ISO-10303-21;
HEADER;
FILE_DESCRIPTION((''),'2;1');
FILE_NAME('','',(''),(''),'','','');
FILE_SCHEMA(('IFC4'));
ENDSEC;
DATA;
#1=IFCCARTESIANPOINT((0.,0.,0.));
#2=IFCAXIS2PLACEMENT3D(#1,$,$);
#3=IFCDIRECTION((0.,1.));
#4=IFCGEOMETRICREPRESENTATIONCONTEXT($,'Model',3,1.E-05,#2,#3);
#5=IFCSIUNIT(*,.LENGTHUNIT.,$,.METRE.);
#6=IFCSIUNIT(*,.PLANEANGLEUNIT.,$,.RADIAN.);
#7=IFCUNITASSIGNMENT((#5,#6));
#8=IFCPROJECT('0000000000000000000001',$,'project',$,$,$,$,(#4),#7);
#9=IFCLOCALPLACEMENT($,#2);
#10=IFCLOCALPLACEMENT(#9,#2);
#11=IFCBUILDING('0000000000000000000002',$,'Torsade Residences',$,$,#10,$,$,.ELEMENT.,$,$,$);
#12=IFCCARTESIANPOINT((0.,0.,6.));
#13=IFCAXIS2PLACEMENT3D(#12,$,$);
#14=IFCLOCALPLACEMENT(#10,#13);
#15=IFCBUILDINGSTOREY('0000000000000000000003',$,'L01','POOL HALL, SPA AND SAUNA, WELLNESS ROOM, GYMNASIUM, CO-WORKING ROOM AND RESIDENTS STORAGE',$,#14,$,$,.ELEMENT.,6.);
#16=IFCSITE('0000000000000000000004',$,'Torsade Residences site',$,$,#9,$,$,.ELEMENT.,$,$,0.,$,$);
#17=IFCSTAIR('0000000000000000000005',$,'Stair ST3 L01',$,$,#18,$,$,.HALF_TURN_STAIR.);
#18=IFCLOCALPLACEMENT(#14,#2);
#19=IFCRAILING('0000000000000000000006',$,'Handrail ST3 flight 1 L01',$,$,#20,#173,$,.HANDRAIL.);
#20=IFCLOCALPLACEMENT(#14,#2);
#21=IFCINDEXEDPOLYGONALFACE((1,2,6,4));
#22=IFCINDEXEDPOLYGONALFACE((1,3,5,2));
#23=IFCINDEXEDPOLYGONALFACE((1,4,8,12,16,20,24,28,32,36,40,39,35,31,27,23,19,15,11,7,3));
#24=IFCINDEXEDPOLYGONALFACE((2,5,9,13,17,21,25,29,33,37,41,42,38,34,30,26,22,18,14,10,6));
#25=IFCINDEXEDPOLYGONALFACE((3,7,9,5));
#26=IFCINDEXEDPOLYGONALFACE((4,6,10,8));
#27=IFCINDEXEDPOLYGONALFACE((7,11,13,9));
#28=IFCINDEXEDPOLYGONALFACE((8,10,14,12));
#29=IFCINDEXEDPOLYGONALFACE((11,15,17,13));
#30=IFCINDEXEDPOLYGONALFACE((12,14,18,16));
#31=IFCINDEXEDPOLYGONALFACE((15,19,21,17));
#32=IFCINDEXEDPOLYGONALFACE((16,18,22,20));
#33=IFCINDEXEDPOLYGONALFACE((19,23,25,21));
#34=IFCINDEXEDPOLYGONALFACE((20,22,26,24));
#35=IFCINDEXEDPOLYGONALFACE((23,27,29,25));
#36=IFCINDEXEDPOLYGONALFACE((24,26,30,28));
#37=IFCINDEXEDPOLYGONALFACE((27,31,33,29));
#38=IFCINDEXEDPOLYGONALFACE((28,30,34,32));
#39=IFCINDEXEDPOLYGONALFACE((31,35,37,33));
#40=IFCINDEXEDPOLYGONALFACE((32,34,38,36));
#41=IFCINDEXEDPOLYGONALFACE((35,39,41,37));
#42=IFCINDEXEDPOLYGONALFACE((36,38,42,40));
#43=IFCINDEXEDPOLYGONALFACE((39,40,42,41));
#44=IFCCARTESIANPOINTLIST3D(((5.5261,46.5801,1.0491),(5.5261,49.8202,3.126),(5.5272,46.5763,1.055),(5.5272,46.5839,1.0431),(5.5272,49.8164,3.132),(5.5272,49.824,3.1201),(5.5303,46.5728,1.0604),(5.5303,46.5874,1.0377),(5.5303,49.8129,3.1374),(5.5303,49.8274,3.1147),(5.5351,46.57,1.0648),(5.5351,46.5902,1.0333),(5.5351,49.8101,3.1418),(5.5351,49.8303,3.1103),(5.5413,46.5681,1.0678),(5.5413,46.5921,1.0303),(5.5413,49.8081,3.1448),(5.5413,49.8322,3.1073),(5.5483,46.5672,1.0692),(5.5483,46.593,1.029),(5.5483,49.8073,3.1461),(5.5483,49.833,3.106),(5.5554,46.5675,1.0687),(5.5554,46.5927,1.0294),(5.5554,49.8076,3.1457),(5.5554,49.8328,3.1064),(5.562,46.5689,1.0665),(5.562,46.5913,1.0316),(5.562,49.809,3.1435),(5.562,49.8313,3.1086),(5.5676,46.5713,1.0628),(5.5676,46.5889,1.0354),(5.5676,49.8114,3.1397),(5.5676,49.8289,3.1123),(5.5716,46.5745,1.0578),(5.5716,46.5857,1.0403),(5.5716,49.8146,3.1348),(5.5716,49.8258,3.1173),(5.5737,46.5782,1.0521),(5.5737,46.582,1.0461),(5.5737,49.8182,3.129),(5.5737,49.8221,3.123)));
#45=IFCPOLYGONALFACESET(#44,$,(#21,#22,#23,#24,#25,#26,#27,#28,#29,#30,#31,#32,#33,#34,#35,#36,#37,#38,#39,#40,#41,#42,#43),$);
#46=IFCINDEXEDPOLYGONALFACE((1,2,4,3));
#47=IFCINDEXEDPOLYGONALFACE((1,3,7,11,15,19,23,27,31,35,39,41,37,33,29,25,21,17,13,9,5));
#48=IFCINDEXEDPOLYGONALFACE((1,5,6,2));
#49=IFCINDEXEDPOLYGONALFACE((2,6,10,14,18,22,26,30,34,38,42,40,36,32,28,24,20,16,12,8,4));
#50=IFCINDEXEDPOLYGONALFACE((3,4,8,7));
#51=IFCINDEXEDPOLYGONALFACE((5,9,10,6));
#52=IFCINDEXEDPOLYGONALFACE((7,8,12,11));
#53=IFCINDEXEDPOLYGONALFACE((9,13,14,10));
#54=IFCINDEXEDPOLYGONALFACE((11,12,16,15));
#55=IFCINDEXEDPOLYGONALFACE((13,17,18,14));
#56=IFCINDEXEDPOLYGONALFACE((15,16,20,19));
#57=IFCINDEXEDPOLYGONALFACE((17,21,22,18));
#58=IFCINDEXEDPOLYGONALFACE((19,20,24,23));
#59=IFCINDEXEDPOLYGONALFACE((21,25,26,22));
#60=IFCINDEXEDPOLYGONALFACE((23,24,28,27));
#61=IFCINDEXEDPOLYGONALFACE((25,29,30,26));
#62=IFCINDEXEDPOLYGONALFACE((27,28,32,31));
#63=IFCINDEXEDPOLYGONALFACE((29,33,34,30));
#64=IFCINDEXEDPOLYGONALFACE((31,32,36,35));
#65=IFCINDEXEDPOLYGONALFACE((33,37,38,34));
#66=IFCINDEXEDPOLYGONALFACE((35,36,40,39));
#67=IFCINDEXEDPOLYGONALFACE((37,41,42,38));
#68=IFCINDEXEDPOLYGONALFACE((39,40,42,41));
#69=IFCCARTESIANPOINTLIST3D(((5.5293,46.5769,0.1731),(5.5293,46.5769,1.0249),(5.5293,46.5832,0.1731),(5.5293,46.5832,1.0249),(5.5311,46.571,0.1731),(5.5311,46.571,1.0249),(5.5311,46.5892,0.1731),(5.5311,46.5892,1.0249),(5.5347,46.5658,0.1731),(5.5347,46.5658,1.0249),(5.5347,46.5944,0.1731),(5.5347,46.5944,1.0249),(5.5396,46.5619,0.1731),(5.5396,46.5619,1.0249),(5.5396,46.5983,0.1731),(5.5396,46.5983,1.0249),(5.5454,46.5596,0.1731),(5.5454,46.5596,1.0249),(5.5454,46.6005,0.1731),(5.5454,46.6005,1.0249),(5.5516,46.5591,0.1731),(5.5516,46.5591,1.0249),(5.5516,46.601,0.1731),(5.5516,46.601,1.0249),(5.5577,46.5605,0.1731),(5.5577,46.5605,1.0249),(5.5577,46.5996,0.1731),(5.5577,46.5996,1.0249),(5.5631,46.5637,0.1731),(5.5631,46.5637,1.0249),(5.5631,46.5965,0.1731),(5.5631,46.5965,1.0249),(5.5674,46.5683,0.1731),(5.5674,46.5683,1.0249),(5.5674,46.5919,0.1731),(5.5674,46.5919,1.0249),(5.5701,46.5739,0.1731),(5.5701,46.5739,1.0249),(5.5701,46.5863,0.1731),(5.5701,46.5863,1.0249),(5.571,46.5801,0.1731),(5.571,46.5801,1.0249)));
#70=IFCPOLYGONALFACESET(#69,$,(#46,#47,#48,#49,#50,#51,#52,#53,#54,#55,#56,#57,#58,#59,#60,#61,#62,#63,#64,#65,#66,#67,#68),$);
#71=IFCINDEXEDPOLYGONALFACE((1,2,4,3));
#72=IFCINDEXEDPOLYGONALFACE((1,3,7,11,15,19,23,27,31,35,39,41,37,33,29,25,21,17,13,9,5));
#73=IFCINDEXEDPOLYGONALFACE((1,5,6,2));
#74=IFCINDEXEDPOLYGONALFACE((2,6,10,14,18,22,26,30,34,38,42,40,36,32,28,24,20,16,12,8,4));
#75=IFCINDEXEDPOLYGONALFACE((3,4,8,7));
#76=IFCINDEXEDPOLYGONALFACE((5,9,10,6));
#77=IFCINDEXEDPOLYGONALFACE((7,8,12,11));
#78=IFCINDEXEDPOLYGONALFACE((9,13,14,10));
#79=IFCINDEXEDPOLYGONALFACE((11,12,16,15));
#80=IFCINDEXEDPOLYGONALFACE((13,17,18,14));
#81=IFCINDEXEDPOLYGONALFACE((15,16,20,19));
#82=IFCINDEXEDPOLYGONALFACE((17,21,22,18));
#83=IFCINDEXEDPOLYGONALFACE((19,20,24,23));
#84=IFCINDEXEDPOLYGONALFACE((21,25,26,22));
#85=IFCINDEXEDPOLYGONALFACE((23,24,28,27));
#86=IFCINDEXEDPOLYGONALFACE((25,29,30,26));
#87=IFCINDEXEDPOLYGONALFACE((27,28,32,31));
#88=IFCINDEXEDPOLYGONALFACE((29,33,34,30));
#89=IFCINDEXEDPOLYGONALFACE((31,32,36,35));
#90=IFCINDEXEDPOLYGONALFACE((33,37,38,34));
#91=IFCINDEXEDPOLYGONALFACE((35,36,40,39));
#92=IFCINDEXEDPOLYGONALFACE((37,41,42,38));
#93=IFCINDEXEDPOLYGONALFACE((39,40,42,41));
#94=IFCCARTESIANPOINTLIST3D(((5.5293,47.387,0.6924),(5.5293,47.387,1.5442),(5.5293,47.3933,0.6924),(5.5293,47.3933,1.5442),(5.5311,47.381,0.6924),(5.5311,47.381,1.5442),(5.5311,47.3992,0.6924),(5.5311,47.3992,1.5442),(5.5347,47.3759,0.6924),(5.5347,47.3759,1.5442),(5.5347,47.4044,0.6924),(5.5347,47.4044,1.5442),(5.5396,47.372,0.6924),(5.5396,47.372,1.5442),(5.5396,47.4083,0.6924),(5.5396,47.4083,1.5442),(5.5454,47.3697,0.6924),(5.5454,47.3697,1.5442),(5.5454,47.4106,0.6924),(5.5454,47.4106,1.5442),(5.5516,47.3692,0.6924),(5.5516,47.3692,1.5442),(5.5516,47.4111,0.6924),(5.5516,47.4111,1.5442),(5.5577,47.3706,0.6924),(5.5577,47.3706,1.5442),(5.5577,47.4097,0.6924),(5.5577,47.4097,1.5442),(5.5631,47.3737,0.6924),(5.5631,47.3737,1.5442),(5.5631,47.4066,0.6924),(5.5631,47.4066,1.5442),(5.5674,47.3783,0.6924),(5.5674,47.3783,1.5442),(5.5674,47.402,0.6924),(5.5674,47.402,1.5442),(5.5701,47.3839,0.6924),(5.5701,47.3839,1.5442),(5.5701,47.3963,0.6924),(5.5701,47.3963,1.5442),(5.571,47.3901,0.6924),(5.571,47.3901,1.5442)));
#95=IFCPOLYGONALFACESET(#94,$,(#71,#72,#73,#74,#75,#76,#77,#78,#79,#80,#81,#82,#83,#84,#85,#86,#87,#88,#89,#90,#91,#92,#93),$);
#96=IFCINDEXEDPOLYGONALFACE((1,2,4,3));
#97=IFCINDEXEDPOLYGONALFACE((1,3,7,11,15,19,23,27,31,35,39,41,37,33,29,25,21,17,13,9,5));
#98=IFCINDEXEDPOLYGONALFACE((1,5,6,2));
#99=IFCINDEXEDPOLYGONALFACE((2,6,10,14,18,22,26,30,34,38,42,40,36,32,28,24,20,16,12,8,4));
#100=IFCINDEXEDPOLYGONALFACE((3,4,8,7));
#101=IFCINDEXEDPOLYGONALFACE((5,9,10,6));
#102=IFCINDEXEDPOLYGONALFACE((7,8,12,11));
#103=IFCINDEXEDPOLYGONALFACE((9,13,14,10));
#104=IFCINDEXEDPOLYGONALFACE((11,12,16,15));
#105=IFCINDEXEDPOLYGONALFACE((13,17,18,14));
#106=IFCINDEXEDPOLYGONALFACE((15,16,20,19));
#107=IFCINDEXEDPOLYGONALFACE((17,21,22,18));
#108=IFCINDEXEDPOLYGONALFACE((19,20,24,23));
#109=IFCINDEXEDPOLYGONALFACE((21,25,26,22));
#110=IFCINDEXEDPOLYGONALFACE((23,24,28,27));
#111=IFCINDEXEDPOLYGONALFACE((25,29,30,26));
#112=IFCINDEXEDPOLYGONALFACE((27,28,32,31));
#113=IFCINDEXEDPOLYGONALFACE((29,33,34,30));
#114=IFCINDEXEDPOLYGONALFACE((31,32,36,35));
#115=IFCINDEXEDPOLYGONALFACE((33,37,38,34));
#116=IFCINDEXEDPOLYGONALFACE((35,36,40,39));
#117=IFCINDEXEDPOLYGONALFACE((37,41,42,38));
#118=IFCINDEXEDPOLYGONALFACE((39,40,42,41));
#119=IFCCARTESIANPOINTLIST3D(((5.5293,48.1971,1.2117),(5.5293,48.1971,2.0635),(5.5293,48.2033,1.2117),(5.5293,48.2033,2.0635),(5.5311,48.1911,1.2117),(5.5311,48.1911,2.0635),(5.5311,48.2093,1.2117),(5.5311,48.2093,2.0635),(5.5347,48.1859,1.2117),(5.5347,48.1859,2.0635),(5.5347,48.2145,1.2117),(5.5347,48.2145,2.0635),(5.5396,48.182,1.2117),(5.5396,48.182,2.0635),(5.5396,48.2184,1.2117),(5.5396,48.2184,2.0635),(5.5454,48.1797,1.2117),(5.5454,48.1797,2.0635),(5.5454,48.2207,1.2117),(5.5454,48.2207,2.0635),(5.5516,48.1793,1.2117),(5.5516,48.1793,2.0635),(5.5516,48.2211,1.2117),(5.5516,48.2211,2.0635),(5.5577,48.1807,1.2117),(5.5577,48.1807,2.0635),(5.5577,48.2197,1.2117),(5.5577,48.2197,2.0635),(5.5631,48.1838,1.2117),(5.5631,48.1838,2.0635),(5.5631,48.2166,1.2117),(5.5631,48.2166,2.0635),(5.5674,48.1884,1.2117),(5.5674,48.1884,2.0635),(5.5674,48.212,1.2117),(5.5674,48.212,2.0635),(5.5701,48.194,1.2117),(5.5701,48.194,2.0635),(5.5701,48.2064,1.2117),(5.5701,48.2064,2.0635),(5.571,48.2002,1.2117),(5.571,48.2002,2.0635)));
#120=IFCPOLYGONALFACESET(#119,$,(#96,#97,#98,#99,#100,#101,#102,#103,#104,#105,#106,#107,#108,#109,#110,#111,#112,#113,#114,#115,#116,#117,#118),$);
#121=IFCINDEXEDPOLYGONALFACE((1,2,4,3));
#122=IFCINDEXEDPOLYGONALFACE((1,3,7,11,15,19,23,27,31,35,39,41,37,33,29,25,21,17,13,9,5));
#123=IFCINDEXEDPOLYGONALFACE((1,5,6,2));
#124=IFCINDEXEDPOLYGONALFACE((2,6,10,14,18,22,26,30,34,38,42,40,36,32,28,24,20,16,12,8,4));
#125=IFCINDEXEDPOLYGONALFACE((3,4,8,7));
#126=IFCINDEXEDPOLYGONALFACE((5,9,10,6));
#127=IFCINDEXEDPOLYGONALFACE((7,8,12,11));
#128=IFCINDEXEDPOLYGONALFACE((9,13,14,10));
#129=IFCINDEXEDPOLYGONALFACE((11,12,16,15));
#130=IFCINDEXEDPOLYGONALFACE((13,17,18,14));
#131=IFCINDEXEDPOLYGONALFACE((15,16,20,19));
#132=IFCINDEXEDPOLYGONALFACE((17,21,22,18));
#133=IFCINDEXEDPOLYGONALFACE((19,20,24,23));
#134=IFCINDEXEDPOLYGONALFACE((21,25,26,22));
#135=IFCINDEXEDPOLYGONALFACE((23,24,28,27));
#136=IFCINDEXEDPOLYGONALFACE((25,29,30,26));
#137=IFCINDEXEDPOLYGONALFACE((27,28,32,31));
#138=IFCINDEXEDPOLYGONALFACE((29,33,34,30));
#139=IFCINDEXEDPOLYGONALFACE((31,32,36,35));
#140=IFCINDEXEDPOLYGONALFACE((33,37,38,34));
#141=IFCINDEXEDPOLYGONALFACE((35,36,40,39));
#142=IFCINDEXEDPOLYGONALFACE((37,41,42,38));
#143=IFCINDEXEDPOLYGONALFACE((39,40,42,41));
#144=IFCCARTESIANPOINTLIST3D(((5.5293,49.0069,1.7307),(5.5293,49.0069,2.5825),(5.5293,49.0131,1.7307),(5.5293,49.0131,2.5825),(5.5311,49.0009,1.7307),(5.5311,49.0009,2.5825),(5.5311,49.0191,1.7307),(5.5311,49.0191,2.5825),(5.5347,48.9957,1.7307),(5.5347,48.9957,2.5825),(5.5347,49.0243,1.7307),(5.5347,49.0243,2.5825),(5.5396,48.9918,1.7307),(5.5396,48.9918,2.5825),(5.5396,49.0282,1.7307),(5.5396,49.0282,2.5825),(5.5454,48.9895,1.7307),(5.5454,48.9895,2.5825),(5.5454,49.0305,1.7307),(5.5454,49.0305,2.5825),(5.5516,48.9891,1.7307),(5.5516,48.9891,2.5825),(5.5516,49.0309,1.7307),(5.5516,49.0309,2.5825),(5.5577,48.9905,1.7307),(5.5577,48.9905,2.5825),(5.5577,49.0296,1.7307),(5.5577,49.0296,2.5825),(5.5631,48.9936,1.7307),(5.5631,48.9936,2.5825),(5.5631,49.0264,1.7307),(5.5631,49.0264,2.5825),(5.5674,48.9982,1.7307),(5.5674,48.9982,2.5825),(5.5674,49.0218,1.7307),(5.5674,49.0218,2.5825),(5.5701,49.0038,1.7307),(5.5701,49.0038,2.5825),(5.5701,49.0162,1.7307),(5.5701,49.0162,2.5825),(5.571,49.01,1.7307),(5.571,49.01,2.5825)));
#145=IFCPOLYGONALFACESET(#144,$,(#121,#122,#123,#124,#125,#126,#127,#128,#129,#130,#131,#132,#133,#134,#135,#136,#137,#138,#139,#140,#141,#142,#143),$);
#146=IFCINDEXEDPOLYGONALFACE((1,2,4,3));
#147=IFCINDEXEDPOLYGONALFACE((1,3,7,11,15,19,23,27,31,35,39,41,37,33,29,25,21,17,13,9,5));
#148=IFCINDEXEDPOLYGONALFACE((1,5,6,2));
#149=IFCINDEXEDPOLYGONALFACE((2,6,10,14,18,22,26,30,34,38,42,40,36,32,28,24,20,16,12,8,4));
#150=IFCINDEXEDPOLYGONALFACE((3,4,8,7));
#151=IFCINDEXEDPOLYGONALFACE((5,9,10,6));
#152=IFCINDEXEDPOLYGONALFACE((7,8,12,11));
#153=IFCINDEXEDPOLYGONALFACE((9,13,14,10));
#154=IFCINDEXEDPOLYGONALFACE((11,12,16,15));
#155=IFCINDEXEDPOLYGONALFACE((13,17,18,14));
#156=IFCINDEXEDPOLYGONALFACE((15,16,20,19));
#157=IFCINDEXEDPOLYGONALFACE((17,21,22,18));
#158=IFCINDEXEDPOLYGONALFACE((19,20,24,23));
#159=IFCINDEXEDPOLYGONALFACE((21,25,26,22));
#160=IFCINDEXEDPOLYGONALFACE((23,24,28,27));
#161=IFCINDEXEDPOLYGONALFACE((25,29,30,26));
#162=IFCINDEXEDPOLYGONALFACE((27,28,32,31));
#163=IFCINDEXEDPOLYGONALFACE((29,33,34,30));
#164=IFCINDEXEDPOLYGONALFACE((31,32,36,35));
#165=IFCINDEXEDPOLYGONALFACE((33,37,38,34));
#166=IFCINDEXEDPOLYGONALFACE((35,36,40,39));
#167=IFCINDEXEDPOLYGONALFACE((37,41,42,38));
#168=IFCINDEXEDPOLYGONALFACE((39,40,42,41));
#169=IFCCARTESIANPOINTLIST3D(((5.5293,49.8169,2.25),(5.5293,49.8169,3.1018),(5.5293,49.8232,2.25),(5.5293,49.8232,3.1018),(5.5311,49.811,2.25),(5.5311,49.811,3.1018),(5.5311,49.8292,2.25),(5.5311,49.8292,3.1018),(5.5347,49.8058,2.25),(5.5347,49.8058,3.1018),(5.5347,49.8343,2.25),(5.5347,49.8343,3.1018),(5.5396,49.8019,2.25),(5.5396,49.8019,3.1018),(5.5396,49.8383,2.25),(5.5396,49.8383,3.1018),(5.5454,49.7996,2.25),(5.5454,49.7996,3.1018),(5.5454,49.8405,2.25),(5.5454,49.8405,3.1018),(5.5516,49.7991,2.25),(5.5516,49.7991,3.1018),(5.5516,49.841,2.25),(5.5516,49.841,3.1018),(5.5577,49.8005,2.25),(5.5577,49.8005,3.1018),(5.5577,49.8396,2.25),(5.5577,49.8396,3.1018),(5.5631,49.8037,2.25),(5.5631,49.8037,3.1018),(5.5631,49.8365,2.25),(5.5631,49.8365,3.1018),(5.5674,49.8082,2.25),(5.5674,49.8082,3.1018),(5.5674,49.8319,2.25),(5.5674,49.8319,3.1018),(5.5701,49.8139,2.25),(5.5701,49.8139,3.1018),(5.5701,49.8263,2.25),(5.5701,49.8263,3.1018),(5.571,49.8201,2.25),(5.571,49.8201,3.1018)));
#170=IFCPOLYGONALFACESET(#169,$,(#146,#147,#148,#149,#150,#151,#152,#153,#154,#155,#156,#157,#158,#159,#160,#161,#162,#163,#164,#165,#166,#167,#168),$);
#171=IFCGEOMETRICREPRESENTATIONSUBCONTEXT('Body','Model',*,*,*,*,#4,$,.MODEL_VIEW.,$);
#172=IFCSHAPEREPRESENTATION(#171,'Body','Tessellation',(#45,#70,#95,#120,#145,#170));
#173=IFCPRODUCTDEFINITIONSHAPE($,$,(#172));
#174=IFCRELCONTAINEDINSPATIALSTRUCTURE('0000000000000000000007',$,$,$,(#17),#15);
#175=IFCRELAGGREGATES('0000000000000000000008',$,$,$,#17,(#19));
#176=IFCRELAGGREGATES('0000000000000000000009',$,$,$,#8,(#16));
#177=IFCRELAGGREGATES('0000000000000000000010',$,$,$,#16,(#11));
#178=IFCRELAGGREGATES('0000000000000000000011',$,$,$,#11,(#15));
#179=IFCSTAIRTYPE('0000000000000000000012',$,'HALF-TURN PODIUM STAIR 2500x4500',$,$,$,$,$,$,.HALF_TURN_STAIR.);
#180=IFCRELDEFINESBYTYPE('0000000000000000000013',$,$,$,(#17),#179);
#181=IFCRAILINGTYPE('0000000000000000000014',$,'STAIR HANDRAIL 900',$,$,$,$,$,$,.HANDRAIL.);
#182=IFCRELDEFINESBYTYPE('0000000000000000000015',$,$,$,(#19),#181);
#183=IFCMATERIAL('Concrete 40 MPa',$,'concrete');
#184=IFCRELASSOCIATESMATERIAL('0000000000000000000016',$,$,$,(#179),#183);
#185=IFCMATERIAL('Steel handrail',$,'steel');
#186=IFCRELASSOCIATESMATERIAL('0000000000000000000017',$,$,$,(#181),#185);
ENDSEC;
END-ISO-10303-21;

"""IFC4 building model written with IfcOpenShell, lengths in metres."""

from ifc_helpers import new_model, si_unit, direction, frame, origin, origin_2d, place, context, subcontext, project, spatial, circle, extrude, material, type_object, element, aggregate, save


model = new_model("IFC4")

# Units and contexts
model_context = context("Model", 3, precision=1e-05, world=origin(), true_north=direction((0.0, 1.0)))
body_context = subcontext(model_context, "Body", "Model", "MODEL_VIEW")
ifc_project = project(units=[si_unit("LENGTHUNIT", "METRE"), si_unit("PLANEANGLEUNIT", "RADIAN")], contexts=[model_context])

# Site, building, storey
site_placement = place(None, origin())
site = spatial("IfcSite", under=ifc_project, at=site_placement, Name="Torsade Residences site", CompositionType="ELEMENT", RefElevation=0.0)
building_placement = place(site_placement, origin())
building = spatial("IfcBuilding", under=site, at=building_placement, Name="Torsade Residences", CompositionType="ELEMENT")
storey_placement = place(building_placement, frame((0.0, 0.0, 6.0)))
storey = spatial("IfcBuildingStorey", under=building, at=storey_placement, Name="L01", Description="POOL HALL, SPA AND SAUNA, WELLNESS ROOM, GYMNASIUM, CO-WORKING ROOM AND RESIDENTS STORAGE", CompositionType="ELEMENT", Elevation=6.0)

# Stair, railing
ifc_material_1 = material(Name="Concrete 40 MPa", Category="concrete")
stair_type = type_object("IfcStairType", Name="HALF-TURN PODIUM STAIR 2500x4500", PredefinedType="HALF_TURN_STAIR", material=ifc_material_1)
stair_placement = place(storey_placement, origin())
stair = element("IfcStair", 1, at=stair_placement, inside=storey, type_object=stair_type, Name="Stair ST3 L01", PredefinedType="HALF_TURN_STAIR")
ifc_material_2 = material(Name="Steel handrail", Category="steel")
railing_type = type_object("IfcRailingType", Name="STAIR HANDRAIL 900", PredefinedType="HANDRAIL", material=ifc_material_2)
railing_1_placement = place(storey_placement, frame((5.55, 46.5801, 0.1731)))
railing_1 = element("IfcRailing", 2, at=railing_1_placement, type_object=railing_type, Name="Handrail ST3 flight 1 L01", PredefinedType="HANDRAIL", context=body_context, shape_type="SweptSolid", body=[
    extrude(circle(Radius=0.0239, at=origin_2d()), frame((0.0, 0.0, 0.876), z_axis=(0.0, 0.841881, 0.539664), x_axis=(-1.0, 0.0, 0.0)), (0.0, 0.0, 1.0), 3.8486),
    extrude(circle(Radius=0.021, at=origin_2d()), origin(), (0.0, 0.0, 1.0), 0.8518),
    extrude(circle(Radius=0.021, at=origin_2d()), frame((0.0, 0.8101, 0.5193)), (0.0, 0.0, 1.0), 0.8518),
    extrude(circle(Radius=0.021, at=origin_2d()), frame((0.0, 1.6201, 1.0386)), (0.0, 0.0, 1.0), 0.8518),
    extrude(circle(Radius=0.021, at=origin_2d()), frame((0.0, 2.4299, 1.5576)), (0.0, 0.0, 1.0), 0.8518),
    extrude(circle(Radius=0.021, at=origin_2d()), frame((0.0, 3.24, 2.0769)), (0.0, 0.0, 1.0), 0.8518),
])
aggregate(stair, [railing_1])

save(model, "model.ifc")
